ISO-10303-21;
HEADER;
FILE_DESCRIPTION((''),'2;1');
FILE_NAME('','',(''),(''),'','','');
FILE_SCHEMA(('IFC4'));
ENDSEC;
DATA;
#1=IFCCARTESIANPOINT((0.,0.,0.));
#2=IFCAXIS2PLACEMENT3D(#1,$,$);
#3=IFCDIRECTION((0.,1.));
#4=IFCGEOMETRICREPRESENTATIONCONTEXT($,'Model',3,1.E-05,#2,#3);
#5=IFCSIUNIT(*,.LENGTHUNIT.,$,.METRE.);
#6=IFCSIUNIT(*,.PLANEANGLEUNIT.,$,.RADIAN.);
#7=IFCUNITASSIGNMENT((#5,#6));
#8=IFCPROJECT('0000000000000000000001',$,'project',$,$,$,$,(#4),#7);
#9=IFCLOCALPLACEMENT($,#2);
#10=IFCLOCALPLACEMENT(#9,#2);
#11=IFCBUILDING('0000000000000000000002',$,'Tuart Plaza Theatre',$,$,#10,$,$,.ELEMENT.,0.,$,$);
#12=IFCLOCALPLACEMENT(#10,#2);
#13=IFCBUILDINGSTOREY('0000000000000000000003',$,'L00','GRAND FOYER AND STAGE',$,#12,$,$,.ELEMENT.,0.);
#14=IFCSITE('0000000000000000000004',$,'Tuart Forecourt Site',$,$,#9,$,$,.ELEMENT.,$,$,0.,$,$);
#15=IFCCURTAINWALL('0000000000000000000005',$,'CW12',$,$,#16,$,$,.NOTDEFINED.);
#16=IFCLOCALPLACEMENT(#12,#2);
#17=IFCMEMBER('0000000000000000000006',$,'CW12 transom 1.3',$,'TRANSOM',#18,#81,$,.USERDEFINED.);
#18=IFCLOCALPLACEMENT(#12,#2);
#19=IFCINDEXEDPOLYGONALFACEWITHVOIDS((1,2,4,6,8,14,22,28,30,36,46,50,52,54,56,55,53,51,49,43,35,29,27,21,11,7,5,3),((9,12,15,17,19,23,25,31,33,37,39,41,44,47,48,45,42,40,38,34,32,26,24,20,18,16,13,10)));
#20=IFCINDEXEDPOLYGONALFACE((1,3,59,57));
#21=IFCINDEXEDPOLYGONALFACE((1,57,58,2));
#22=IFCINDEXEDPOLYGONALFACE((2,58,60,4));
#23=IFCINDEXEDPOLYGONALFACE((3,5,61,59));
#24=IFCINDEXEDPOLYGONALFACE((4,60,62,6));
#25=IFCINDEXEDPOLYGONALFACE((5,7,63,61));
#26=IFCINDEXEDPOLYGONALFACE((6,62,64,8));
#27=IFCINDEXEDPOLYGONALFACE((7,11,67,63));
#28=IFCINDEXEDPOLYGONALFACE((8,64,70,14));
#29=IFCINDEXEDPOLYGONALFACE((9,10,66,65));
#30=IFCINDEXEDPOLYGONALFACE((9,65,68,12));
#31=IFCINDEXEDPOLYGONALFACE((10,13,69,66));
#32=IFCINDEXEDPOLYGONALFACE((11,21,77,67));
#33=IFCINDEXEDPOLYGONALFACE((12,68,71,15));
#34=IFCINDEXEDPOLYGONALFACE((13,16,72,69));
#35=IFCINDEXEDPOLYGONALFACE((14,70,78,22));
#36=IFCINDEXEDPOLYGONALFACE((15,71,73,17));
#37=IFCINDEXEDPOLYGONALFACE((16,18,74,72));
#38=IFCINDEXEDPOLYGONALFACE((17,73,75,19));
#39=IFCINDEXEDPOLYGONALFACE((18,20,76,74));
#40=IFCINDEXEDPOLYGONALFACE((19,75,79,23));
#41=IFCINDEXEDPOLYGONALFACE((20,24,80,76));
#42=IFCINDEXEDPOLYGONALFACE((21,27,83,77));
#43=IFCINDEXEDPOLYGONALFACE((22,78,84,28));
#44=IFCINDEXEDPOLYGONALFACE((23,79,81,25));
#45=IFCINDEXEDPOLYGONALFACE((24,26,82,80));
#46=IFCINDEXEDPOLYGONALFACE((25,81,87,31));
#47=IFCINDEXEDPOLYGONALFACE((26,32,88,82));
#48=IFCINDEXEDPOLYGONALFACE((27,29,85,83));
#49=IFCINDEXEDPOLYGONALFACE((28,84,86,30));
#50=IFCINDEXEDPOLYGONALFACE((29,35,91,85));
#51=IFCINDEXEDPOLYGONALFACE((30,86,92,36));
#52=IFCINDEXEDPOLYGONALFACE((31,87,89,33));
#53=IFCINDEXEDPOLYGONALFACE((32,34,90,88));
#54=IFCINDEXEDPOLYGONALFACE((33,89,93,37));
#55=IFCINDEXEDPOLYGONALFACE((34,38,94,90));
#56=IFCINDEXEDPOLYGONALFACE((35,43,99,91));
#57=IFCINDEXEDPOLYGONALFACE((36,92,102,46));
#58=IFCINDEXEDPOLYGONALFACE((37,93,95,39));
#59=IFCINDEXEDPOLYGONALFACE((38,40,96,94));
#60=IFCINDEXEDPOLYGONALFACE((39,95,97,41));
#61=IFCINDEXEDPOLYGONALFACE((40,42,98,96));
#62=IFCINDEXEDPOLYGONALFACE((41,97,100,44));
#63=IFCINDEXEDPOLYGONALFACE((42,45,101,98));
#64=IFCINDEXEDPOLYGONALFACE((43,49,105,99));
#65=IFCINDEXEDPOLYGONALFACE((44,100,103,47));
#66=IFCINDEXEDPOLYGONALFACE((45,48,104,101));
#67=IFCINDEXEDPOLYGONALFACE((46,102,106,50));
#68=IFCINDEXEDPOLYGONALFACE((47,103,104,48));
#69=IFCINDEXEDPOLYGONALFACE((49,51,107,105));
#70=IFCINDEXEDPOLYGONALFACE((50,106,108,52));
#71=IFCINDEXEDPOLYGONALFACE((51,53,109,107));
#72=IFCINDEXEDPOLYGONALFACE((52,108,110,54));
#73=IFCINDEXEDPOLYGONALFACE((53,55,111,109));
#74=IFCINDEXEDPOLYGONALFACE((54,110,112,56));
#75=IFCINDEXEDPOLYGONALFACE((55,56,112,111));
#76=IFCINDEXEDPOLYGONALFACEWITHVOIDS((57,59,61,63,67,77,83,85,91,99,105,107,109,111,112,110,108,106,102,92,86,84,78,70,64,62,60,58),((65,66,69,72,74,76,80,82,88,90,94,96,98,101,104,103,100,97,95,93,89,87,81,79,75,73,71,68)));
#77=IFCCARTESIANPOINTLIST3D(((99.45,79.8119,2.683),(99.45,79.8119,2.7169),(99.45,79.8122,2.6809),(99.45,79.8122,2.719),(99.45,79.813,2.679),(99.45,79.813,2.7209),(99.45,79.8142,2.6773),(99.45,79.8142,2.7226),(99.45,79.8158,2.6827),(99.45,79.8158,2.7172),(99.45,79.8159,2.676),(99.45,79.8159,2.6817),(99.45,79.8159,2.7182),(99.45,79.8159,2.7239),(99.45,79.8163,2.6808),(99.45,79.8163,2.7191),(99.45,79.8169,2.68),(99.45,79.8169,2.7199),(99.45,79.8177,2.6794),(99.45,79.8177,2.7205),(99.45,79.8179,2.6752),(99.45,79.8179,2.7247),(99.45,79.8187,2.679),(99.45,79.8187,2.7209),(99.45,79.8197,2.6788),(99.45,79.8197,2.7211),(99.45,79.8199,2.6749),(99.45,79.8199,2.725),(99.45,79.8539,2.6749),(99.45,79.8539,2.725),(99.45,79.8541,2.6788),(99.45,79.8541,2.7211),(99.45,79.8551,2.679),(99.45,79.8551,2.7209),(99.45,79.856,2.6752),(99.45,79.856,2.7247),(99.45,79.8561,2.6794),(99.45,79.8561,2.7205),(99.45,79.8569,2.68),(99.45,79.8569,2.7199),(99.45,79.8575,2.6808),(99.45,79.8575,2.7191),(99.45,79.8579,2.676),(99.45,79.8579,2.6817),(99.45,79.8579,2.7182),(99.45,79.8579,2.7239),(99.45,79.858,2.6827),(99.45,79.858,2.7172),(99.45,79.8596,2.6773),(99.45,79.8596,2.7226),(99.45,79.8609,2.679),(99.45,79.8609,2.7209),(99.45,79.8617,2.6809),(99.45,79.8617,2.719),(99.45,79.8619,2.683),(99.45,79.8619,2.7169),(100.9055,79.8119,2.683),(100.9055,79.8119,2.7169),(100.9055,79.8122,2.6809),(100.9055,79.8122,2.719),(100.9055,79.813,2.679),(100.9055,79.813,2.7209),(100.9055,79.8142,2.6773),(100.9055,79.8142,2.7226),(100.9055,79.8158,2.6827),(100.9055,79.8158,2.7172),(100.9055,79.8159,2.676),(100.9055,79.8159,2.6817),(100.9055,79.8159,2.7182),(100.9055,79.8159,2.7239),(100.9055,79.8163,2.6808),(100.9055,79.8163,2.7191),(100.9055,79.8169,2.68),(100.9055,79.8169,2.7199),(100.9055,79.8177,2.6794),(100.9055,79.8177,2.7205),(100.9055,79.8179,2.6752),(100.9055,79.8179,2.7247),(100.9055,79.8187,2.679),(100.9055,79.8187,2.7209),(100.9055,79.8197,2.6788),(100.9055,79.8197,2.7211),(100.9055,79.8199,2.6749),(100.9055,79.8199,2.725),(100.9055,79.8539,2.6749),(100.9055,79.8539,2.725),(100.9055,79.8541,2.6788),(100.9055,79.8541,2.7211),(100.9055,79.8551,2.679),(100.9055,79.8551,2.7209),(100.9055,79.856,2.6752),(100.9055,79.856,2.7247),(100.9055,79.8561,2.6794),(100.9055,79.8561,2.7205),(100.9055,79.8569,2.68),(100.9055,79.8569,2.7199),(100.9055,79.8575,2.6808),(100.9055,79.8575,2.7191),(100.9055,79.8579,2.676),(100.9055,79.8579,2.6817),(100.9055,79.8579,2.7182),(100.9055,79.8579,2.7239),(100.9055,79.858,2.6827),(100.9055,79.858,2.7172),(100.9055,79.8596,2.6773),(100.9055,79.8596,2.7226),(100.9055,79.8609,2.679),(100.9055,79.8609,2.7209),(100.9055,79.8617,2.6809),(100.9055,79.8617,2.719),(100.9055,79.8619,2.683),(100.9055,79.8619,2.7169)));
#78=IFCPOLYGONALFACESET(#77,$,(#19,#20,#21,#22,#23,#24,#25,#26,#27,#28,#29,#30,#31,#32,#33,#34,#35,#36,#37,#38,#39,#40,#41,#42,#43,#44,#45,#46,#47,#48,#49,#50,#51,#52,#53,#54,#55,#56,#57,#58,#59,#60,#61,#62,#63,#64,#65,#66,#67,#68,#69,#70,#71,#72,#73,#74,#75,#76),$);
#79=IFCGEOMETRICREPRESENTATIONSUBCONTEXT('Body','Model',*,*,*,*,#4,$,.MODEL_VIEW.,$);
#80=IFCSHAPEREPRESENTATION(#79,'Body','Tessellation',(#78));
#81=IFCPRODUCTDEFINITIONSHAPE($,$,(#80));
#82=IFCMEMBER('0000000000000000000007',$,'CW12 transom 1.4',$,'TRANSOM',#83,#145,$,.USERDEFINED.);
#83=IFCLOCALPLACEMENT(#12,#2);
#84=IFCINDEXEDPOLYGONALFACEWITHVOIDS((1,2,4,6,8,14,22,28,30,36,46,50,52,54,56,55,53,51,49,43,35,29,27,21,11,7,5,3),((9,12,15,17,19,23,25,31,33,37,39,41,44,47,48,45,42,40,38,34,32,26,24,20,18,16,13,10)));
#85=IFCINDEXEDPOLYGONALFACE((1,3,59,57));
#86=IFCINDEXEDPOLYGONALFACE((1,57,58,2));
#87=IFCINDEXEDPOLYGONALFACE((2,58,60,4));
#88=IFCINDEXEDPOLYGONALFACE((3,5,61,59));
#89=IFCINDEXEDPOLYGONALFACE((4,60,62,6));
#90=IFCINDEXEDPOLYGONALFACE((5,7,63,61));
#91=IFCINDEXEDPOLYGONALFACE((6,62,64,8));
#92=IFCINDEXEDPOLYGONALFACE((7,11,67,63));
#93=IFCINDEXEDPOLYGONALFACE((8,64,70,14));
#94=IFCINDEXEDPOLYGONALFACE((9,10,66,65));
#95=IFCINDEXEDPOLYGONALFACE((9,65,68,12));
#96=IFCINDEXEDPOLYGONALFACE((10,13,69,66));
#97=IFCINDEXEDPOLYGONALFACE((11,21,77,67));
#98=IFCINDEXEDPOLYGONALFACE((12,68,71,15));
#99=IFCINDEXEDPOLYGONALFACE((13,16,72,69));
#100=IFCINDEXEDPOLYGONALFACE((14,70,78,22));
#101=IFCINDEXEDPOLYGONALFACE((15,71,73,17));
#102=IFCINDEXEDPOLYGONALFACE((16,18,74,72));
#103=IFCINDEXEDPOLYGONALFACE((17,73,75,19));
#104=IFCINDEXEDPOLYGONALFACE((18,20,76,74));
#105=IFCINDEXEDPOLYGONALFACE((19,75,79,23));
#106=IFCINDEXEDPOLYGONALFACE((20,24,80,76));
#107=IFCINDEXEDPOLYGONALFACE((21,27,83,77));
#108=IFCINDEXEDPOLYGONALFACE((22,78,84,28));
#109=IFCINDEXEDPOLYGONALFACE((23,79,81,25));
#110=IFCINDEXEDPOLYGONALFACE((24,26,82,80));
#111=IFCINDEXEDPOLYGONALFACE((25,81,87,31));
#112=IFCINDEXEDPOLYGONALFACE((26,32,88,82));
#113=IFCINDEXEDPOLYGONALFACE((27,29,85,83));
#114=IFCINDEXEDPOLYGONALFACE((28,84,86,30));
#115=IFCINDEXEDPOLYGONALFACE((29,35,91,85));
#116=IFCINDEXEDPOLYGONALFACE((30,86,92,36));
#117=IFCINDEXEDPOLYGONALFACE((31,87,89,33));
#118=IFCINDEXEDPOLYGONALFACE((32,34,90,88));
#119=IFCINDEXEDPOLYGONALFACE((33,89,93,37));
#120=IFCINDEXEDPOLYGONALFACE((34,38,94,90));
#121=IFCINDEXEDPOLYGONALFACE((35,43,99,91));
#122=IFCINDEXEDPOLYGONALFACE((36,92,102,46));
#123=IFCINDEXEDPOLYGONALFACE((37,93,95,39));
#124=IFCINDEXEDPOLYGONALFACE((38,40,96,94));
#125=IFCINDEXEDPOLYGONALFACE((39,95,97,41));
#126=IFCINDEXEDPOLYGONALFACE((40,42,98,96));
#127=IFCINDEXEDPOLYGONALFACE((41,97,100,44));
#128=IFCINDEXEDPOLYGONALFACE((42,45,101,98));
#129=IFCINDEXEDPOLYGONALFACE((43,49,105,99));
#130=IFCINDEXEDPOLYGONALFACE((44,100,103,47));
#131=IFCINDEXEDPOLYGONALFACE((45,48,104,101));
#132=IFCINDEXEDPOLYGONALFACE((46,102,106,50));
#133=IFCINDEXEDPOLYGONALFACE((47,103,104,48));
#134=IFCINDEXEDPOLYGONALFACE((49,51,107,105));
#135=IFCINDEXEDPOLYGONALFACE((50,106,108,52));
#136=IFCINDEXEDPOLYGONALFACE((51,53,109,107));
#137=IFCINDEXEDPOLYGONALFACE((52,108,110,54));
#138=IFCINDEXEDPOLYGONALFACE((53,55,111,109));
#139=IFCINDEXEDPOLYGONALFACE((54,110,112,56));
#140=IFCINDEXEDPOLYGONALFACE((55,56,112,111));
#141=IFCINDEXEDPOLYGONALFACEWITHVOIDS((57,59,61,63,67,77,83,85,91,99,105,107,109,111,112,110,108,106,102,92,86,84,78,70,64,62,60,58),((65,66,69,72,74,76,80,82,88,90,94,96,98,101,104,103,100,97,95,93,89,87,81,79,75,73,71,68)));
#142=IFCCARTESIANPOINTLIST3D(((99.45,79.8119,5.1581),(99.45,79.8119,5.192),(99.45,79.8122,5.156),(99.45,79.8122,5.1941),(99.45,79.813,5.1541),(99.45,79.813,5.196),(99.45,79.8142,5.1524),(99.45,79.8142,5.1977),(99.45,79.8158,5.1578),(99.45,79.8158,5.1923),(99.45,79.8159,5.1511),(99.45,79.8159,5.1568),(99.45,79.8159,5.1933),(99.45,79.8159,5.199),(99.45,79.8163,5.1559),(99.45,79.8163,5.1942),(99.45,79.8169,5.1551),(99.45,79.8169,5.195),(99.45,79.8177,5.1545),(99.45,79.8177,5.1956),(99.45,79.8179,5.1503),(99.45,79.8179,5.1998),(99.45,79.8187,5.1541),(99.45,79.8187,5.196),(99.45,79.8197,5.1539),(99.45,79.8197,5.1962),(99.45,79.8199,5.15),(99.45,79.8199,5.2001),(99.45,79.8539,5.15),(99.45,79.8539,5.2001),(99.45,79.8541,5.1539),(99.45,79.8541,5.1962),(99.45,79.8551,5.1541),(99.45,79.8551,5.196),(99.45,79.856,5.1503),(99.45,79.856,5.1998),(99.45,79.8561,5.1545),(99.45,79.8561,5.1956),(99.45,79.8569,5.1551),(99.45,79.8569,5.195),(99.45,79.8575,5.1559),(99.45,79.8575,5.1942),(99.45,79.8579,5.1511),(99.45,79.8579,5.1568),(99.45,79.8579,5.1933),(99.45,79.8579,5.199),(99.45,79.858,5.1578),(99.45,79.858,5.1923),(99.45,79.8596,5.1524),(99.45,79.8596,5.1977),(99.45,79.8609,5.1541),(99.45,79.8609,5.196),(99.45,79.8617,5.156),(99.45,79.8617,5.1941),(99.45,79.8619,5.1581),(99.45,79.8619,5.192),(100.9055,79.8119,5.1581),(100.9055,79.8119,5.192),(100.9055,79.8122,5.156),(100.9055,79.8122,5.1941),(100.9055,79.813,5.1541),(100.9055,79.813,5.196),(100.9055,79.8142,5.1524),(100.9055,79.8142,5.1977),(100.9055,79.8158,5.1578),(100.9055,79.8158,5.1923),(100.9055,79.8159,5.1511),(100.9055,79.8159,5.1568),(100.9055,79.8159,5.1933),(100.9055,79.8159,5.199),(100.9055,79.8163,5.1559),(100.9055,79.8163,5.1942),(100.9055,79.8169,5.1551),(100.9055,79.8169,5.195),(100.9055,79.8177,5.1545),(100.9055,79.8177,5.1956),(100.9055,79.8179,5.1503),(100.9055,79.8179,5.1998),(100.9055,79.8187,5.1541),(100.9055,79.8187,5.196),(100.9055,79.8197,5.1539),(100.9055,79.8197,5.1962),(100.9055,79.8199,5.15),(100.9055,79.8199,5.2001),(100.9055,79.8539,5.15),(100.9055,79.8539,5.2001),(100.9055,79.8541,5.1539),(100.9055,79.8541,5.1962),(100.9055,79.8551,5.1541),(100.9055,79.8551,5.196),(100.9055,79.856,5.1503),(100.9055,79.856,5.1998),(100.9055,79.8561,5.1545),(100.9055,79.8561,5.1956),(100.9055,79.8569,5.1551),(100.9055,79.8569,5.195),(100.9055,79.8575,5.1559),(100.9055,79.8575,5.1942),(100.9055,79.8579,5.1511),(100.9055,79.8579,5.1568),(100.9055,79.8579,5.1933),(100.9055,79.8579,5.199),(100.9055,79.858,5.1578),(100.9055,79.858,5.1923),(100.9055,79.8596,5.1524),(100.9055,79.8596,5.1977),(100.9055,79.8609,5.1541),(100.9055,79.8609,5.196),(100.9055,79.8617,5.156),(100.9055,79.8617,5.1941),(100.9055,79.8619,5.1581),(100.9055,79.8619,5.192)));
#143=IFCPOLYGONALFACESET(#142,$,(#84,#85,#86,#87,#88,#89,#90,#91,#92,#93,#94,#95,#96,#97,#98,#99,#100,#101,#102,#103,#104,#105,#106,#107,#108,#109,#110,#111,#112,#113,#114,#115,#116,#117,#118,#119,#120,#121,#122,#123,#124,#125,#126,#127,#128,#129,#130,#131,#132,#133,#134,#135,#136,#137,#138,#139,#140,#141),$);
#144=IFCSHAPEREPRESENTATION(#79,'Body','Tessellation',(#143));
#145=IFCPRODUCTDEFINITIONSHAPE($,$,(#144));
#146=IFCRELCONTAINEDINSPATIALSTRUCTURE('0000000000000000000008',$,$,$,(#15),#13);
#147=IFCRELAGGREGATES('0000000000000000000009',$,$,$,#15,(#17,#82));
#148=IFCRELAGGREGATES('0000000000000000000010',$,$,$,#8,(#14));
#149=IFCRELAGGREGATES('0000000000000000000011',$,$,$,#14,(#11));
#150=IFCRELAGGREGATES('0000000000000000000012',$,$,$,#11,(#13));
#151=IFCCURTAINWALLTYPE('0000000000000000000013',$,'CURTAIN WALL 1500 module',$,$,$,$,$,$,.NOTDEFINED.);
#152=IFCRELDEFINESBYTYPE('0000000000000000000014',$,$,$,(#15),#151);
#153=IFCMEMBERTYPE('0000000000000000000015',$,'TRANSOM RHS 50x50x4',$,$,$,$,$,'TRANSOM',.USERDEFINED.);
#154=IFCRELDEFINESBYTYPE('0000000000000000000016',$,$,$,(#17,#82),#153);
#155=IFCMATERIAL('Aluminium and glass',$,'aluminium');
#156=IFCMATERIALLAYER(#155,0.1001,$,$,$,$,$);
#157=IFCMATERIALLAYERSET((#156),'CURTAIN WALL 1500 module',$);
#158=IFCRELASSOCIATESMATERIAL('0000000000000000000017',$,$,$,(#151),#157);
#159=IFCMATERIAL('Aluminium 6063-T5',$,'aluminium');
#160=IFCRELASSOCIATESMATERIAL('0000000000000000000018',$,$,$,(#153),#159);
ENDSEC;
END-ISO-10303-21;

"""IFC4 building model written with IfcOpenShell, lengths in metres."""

from ifc_helpers import new_model, si_unit, direction, frame, origin, origin_2d, place, context, subcontext, project, spatial, hollow_rectangle, extrude, material, layer, layer_set, material_profile, profile_set, type_object, element, aggregate, save


model = new_model("IFC4")

# Units and contexts
model_context = context("Model", 3, precision=1e-05, world=origin(), true_north=direction((0.0, 1.0)))
body_context = subcontext(model_context, "Body", "Model", "MODEL_VIEW")
ifc_project = project(units=[si_unit("LENGTHUNIT", "METRE"), si_unit("PLANEANGLEUNIT", "RADIAN")], contexts=[model_context])

# Site, building, storey
site_placement = place(None, origin())
site = spatial("IfcSite", under=ifc_project, at=site_placement, Name="Tuart Forecourt Site", CompositionType="ELEMENT", RefElevation=0.0)
building_placement = place(site_placement, origin())
building = spatial("IfcBuilding", under=site, at=building_placement, Name="Tuart Plaza Theatre", CompositionType="ELEMENT", ElevationOfRefHeight=0.0)
storey_placement = place(building_placement, origin())
storey = spatial("IfcBuildingStorey", under=building, at=storey_placement, Name="L00", Description="GRAND FOYER AND STAGE", CompositionType="ELEMENT", Elevation=0.0)

# Curtain wall
ifc_material_1 = material(Name="Aluminium and glass", Category="aluminium")
ifc_layer_1 = layer(ifc_material_1, 0.1001)
ifc_layer_set_1 = layer_set([ifc_layer_1], Name="CURTAIN WALL 1500 module")
curtain_wall_type = type_object("IfcCurtainWallType", Name="CURTAIN WALL 1500 module", PredefinedType="NOTDEFINED", material=ifc_layer_set_1)
curtain_wall_1_placement = place(storey_placement, origin())
curtain_wall_1 = element("IfcCurtainWall", 1, at=curtain_wall_1_placement, inside=storey, type_object=curtain_wall_type, Name="CW12", PredefinedType="NOTDEFINED")

# Members
ifc_material_2 = material(Name="Aluminium 6063-T5", Category="aluminium")
ifc_material_profile_1 = material_profile(ifc_material_2, hollow_rectangle(XDim=0.05, YDim=0.05, WallThickness=0.0039, InnerFilletRadius=0.0039, OuterFilletRadius=0.0081, at=origin_2d()), Name="RHS 50x50x4")
ifc_profile_set_1 = profile_set([ifc_material_profile_1], Name="Aluminium 6063-T5")
member_type_1 = type_object("IfcMemberType", Name="TRANSOM RHS 50x50x4", ElementType="TRANSOM", PredefinedType="USERDEFINED", material=ifc_profile_set_1)
member_1_placement = place(storey_placement, frame((99.45, 79.8369, 2.7), z_axis=(1.0, 0.0, 0.0), x_axis=(0.0, 1.0, 0.0)))
member_1 = element("IfcMember", 2, at=member_1_placement, type_object=member_type_1, Name="CW12 transom 1.3", ObjectType="TRANSOM", PredefinedType="USERDEFINED", context=body_context, shape_type="SweptSolid", body=[
    extrude(hollow_rectangle(XDim=0.05, YDim=0.05, WallThickness=0.0039, InnerFilletRadius=0.0039, OuterFilletRadius=0.0081, at=origin_2d()), origin(), (0.0, 0.0, 1.0), 1.4556),
])
member_2_placement = place(storey_placement, frame((99.45, 79.8369, 5.175), z_axis=(1.0, 0.0, 0.0), x_axis=(0.0, 1.0, 0.0)))
member_2 = element("IfcMember", 3, at=member_2_placement, type_object=member_type_1, Name="CW12 transom 1.4", ObjectType="TRANSOM", PredefinedType="USERDEFINED", context=body_context, shape_type="SweptSolid", body=[
    extrude(hollow_rectangle(XDim=0.05, YDim=0.05, WallThickness=0.0039, InnerFilletRadius=0.0039, OuterFilletRadius=0.0081, at=origin_2d()), origin(), (0.0, 0.0, 1.0), 1.4556),
])

aggregate(curtain_wall_1, [member_1, member_2])

save(model, "model.ifc")
